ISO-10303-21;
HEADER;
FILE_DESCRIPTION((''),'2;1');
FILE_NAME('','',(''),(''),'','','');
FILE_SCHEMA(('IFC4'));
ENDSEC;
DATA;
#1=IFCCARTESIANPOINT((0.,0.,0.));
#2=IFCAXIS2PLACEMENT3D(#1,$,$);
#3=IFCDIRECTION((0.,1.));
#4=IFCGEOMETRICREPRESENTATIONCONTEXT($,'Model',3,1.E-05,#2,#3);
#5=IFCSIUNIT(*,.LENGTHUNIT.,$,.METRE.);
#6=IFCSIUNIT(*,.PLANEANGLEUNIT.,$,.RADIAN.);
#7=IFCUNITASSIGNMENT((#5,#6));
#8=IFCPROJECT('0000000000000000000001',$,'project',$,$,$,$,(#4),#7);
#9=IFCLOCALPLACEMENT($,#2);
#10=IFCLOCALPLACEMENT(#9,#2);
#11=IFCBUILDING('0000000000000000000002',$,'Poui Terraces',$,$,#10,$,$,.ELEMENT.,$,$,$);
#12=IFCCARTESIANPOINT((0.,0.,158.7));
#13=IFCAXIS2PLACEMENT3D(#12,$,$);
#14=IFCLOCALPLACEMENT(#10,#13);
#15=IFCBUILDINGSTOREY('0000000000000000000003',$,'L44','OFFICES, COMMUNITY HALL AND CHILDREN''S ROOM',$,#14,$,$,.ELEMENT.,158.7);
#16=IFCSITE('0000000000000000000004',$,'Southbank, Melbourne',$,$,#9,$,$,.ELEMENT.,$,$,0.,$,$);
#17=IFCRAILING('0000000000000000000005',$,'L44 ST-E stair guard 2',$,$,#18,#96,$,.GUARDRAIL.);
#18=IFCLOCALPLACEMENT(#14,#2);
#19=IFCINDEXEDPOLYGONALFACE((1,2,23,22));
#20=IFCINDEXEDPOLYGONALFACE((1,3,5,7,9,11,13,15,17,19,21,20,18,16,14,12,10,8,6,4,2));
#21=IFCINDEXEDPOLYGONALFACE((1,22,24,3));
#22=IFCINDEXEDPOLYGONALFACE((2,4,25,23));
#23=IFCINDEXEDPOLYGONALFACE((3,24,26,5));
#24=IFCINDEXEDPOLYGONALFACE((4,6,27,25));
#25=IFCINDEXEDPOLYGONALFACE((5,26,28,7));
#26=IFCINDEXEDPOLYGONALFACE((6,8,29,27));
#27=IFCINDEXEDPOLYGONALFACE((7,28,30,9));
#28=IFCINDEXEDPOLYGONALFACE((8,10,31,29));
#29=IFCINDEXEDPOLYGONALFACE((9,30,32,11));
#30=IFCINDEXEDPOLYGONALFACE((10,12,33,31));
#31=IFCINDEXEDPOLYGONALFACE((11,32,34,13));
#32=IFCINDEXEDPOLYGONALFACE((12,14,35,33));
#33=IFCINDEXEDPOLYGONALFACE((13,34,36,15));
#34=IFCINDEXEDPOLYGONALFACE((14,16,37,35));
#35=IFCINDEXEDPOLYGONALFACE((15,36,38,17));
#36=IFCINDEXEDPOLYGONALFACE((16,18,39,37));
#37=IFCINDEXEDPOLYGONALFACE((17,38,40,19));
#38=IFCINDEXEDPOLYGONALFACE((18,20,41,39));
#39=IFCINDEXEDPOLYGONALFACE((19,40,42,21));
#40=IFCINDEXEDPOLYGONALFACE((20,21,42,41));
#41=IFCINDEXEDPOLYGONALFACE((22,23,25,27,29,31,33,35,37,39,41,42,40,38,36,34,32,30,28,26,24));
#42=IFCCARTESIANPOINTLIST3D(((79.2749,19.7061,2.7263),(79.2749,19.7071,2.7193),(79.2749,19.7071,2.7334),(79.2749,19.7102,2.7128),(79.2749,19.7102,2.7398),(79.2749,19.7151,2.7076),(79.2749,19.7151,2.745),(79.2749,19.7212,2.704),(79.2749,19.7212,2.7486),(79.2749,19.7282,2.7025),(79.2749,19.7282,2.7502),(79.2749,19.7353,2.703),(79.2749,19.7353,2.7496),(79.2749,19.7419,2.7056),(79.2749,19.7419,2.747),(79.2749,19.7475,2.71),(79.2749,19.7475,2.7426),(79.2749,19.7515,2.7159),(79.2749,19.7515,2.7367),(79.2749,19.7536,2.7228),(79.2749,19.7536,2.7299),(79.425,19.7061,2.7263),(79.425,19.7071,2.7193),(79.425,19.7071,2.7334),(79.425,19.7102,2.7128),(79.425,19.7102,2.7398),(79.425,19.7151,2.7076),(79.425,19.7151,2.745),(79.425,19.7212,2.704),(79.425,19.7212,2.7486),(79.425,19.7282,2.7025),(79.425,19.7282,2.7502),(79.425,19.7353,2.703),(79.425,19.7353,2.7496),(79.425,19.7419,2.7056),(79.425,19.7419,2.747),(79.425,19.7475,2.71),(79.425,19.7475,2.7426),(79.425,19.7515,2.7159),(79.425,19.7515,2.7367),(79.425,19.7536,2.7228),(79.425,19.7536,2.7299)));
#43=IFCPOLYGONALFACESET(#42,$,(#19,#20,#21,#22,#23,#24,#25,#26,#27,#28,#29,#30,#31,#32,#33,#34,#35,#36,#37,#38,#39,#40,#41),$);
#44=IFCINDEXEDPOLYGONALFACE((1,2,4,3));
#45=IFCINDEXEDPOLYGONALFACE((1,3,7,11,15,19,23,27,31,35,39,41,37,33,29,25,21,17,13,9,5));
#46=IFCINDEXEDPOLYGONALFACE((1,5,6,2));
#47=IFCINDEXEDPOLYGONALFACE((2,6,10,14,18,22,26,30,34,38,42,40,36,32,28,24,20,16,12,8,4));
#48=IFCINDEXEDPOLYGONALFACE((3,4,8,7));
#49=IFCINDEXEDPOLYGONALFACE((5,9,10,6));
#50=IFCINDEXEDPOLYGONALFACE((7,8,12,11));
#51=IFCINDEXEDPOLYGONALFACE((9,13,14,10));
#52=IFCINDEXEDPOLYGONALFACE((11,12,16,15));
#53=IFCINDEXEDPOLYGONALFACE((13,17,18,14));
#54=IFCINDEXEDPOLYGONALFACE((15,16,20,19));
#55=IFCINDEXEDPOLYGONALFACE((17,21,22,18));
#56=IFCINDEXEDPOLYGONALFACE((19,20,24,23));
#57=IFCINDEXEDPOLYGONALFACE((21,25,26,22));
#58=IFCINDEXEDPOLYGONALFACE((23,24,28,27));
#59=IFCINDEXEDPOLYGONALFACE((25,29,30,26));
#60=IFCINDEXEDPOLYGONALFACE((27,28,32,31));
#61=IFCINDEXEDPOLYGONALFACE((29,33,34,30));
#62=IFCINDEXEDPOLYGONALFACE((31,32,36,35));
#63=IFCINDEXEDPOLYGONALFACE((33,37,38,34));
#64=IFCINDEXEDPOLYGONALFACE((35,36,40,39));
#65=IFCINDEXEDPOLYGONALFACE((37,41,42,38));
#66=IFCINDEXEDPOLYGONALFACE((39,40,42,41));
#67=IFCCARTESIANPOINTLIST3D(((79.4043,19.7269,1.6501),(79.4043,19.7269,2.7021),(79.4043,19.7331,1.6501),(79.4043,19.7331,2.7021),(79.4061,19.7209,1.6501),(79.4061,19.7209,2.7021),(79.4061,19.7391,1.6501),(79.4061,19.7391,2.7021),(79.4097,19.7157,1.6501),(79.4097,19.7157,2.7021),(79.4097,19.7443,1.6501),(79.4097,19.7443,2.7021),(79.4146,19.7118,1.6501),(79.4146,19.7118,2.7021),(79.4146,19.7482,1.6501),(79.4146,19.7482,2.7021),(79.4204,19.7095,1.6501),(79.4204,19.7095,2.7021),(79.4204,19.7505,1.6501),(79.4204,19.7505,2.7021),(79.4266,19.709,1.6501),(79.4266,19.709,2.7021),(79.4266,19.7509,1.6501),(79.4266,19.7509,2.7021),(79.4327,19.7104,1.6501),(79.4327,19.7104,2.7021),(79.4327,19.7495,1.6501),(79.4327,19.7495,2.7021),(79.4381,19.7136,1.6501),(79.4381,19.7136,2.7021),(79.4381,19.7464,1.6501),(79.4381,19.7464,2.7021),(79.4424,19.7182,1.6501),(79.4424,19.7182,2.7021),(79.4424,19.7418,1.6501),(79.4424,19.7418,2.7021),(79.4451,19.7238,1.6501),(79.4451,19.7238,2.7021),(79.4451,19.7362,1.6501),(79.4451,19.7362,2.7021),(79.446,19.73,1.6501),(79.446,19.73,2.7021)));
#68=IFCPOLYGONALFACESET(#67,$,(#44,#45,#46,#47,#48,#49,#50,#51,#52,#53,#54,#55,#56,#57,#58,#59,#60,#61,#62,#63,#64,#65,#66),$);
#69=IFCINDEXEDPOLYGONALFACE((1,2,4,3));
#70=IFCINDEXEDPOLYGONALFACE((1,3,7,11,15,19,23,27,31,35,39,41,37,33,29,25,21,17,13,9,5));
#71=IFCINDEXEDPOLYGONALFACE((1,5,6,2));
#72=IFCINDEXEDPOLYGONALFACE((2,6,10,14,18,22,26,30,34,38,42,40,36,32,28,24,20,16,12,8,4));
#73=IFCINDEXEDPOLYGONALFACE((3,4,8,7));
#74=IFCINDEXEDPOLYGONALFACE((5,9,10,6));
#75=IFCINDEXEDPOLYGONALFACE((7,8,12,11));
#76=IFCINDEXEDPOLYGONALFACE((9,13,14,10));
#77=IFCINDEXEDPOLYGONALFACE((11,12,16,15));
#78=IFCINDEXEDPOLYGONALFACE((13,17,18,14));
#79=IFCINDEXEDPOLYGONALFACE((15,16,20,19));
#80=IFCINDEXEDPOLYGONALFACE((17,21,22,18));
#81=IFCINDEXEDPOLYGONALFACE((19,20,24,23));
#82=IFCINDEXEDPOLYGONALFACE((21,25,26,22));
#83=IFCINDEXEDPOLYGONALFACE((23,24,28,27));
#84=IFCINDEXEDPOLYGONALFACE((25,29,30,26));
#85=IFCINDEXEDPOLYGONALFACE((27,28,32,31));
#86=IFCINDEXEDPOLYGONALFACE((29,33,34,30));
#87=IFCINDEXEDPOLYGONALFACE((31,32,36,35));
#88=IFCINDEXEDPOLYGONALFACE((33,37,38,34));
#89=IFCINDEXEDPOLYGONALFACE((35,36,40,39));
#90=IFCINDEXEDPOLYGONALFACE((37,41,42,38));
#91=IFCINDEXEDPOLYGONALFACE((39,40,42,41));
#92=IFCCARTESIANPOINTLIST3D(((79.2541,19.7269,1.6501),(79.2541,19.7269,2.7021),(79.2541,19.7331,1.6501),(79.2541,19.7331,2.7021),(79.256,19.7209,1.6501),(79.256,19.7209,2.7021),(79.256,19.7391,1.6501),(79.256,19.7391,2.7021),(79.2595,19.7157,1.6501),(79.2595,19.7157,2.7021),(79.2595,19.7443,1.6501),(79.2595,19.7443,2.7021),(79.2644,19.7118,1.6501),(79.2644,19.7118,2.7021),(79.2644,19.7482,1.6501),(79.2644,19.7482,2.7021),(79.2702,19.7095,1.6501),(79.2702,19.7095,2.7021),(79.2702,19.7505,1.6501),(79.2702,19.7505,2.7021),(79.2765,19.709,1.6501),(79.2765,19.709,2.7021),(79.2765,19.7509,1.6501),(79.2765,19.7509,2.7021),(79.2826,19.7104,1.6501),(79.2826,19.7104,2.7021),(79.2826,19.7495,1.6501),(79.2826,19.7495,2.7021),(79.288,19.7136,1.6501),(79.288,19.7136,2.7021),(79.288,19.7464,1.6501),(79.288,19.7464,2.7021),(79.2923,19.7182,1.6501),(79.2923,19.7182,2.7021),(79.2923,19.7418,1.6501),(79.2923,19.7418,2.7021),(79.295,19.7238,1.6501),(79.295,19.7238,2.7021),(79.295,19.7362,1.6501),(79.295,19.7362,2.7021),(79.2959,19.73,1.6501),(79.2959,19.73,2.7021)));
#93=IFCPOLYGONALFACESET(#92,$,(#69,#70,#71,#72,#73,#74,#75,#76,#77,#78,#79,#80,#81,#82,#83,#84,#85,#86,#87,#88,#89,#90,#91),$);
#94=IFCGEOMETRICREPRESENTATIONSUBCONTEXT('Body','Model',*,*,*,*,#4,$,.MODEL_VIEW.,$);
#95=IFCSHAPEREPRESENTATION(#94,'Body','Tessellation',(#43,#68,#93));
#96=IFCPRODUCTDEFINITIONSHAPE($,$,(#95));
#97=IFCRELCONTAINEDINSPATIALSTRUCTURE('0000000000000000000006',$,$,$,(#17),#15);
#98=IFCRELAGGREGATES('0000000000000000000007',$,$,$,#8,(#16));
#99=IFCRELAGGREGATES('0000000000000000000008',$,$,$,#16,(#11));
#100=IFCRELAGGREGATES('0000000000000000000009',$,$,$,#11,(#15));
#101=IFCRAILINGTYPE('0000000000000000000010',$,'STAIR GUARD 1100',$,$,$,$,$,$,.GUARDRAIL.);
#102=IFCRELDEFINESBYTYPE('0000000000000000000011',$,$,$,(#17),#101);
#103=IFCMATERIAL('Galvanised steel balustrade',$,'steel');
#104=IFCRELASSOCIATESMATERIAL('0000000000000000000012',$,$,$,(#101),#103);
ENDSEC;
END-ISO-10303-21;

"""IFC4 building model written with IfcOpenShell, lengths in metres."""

from ifc_helpers import new_model, si_unit, direction, frame, origin, origin_2d, place, context, subcontext, project, spatial, circle, extrude, material, type_object, element, save


model = new_model("IFC4")

# Units and contexts
model_context = context("Model", 3, precision=1e-05, world=origin(), true_north=direction((0.0, 1.0)))
body_context = subcontext(model_context, "Body", "Model", "MODEL_VIEW")
ifc_project = project(units=[si_unit("LENGTHUNIT", "METRE"), si_unit("PLANEANGLEUNIT", "RADIAN")], contexts=[model_context])

# Site, building, storey
site_placement = place(None, origin())
site = spatial("IfcSite", under=ifc_project, at=site_placement, Name="Southbank, Melbourne", CompositionType="ELEMENT", RefElevation=0.0)
building_placement = place(site_placement, origin())
building = spatial("IfcBuilding", under=site, at=building_placement, Name="Poui Terraces", CompositionType="ELEMENT")
storey_placement = place(building_placement, frame((0.0, 0.0, 158.7)))
storey = spatial("IfcBuildingStorey", under=building, at=storey_placement, Name="L44", Description="OFFICES, COMMUNITY HALL AND CHILDREN'S ROOM", CompositionType="ELEMENT", Elevation=158.7)

# Railing
ifc_material_1 = material(Name="Galvanised steel balustrade", Category="steel")
railing_type_1 = type_object("IfcRailingType", Name="STAIR GUARD 1100", PredefinedType="GUARDRAIL", material=ifc_material_1)
railing_1_placement = place(storey_placement, frame((79.425, 19.73, 1.6501)))
element("IfcRailing", 1, at=railing_1_placement, inside=storey, type_object=railing_type_1, Name="L44 ST-E stair guard 2", PredefinedType="GUARDRAIL", context=body_context, shape_type="SweptSolid", body=[
    extrude(circle(Radius=0.0239, at=origin_2d()), frame((0.0, 0.0, 1.0762), z_axis=(-1.0, 0.0, 0.0), x_axis=(0.0, -1.0, 0.0)), (0.0, 0.0, 1.0), 0.1501),
    extrude(circle(Radius=0.021, at=origin_2d()), origin(), (0.0, 0.0, 1.0), 1.052),
    extrude(circle(Radius=0.021, at=origin_2d()), frame((-0.1501, 0.0, 0.0)), (0.0, 0.0, 1.0), 1.052),
])

save(model, "model.ifc")
